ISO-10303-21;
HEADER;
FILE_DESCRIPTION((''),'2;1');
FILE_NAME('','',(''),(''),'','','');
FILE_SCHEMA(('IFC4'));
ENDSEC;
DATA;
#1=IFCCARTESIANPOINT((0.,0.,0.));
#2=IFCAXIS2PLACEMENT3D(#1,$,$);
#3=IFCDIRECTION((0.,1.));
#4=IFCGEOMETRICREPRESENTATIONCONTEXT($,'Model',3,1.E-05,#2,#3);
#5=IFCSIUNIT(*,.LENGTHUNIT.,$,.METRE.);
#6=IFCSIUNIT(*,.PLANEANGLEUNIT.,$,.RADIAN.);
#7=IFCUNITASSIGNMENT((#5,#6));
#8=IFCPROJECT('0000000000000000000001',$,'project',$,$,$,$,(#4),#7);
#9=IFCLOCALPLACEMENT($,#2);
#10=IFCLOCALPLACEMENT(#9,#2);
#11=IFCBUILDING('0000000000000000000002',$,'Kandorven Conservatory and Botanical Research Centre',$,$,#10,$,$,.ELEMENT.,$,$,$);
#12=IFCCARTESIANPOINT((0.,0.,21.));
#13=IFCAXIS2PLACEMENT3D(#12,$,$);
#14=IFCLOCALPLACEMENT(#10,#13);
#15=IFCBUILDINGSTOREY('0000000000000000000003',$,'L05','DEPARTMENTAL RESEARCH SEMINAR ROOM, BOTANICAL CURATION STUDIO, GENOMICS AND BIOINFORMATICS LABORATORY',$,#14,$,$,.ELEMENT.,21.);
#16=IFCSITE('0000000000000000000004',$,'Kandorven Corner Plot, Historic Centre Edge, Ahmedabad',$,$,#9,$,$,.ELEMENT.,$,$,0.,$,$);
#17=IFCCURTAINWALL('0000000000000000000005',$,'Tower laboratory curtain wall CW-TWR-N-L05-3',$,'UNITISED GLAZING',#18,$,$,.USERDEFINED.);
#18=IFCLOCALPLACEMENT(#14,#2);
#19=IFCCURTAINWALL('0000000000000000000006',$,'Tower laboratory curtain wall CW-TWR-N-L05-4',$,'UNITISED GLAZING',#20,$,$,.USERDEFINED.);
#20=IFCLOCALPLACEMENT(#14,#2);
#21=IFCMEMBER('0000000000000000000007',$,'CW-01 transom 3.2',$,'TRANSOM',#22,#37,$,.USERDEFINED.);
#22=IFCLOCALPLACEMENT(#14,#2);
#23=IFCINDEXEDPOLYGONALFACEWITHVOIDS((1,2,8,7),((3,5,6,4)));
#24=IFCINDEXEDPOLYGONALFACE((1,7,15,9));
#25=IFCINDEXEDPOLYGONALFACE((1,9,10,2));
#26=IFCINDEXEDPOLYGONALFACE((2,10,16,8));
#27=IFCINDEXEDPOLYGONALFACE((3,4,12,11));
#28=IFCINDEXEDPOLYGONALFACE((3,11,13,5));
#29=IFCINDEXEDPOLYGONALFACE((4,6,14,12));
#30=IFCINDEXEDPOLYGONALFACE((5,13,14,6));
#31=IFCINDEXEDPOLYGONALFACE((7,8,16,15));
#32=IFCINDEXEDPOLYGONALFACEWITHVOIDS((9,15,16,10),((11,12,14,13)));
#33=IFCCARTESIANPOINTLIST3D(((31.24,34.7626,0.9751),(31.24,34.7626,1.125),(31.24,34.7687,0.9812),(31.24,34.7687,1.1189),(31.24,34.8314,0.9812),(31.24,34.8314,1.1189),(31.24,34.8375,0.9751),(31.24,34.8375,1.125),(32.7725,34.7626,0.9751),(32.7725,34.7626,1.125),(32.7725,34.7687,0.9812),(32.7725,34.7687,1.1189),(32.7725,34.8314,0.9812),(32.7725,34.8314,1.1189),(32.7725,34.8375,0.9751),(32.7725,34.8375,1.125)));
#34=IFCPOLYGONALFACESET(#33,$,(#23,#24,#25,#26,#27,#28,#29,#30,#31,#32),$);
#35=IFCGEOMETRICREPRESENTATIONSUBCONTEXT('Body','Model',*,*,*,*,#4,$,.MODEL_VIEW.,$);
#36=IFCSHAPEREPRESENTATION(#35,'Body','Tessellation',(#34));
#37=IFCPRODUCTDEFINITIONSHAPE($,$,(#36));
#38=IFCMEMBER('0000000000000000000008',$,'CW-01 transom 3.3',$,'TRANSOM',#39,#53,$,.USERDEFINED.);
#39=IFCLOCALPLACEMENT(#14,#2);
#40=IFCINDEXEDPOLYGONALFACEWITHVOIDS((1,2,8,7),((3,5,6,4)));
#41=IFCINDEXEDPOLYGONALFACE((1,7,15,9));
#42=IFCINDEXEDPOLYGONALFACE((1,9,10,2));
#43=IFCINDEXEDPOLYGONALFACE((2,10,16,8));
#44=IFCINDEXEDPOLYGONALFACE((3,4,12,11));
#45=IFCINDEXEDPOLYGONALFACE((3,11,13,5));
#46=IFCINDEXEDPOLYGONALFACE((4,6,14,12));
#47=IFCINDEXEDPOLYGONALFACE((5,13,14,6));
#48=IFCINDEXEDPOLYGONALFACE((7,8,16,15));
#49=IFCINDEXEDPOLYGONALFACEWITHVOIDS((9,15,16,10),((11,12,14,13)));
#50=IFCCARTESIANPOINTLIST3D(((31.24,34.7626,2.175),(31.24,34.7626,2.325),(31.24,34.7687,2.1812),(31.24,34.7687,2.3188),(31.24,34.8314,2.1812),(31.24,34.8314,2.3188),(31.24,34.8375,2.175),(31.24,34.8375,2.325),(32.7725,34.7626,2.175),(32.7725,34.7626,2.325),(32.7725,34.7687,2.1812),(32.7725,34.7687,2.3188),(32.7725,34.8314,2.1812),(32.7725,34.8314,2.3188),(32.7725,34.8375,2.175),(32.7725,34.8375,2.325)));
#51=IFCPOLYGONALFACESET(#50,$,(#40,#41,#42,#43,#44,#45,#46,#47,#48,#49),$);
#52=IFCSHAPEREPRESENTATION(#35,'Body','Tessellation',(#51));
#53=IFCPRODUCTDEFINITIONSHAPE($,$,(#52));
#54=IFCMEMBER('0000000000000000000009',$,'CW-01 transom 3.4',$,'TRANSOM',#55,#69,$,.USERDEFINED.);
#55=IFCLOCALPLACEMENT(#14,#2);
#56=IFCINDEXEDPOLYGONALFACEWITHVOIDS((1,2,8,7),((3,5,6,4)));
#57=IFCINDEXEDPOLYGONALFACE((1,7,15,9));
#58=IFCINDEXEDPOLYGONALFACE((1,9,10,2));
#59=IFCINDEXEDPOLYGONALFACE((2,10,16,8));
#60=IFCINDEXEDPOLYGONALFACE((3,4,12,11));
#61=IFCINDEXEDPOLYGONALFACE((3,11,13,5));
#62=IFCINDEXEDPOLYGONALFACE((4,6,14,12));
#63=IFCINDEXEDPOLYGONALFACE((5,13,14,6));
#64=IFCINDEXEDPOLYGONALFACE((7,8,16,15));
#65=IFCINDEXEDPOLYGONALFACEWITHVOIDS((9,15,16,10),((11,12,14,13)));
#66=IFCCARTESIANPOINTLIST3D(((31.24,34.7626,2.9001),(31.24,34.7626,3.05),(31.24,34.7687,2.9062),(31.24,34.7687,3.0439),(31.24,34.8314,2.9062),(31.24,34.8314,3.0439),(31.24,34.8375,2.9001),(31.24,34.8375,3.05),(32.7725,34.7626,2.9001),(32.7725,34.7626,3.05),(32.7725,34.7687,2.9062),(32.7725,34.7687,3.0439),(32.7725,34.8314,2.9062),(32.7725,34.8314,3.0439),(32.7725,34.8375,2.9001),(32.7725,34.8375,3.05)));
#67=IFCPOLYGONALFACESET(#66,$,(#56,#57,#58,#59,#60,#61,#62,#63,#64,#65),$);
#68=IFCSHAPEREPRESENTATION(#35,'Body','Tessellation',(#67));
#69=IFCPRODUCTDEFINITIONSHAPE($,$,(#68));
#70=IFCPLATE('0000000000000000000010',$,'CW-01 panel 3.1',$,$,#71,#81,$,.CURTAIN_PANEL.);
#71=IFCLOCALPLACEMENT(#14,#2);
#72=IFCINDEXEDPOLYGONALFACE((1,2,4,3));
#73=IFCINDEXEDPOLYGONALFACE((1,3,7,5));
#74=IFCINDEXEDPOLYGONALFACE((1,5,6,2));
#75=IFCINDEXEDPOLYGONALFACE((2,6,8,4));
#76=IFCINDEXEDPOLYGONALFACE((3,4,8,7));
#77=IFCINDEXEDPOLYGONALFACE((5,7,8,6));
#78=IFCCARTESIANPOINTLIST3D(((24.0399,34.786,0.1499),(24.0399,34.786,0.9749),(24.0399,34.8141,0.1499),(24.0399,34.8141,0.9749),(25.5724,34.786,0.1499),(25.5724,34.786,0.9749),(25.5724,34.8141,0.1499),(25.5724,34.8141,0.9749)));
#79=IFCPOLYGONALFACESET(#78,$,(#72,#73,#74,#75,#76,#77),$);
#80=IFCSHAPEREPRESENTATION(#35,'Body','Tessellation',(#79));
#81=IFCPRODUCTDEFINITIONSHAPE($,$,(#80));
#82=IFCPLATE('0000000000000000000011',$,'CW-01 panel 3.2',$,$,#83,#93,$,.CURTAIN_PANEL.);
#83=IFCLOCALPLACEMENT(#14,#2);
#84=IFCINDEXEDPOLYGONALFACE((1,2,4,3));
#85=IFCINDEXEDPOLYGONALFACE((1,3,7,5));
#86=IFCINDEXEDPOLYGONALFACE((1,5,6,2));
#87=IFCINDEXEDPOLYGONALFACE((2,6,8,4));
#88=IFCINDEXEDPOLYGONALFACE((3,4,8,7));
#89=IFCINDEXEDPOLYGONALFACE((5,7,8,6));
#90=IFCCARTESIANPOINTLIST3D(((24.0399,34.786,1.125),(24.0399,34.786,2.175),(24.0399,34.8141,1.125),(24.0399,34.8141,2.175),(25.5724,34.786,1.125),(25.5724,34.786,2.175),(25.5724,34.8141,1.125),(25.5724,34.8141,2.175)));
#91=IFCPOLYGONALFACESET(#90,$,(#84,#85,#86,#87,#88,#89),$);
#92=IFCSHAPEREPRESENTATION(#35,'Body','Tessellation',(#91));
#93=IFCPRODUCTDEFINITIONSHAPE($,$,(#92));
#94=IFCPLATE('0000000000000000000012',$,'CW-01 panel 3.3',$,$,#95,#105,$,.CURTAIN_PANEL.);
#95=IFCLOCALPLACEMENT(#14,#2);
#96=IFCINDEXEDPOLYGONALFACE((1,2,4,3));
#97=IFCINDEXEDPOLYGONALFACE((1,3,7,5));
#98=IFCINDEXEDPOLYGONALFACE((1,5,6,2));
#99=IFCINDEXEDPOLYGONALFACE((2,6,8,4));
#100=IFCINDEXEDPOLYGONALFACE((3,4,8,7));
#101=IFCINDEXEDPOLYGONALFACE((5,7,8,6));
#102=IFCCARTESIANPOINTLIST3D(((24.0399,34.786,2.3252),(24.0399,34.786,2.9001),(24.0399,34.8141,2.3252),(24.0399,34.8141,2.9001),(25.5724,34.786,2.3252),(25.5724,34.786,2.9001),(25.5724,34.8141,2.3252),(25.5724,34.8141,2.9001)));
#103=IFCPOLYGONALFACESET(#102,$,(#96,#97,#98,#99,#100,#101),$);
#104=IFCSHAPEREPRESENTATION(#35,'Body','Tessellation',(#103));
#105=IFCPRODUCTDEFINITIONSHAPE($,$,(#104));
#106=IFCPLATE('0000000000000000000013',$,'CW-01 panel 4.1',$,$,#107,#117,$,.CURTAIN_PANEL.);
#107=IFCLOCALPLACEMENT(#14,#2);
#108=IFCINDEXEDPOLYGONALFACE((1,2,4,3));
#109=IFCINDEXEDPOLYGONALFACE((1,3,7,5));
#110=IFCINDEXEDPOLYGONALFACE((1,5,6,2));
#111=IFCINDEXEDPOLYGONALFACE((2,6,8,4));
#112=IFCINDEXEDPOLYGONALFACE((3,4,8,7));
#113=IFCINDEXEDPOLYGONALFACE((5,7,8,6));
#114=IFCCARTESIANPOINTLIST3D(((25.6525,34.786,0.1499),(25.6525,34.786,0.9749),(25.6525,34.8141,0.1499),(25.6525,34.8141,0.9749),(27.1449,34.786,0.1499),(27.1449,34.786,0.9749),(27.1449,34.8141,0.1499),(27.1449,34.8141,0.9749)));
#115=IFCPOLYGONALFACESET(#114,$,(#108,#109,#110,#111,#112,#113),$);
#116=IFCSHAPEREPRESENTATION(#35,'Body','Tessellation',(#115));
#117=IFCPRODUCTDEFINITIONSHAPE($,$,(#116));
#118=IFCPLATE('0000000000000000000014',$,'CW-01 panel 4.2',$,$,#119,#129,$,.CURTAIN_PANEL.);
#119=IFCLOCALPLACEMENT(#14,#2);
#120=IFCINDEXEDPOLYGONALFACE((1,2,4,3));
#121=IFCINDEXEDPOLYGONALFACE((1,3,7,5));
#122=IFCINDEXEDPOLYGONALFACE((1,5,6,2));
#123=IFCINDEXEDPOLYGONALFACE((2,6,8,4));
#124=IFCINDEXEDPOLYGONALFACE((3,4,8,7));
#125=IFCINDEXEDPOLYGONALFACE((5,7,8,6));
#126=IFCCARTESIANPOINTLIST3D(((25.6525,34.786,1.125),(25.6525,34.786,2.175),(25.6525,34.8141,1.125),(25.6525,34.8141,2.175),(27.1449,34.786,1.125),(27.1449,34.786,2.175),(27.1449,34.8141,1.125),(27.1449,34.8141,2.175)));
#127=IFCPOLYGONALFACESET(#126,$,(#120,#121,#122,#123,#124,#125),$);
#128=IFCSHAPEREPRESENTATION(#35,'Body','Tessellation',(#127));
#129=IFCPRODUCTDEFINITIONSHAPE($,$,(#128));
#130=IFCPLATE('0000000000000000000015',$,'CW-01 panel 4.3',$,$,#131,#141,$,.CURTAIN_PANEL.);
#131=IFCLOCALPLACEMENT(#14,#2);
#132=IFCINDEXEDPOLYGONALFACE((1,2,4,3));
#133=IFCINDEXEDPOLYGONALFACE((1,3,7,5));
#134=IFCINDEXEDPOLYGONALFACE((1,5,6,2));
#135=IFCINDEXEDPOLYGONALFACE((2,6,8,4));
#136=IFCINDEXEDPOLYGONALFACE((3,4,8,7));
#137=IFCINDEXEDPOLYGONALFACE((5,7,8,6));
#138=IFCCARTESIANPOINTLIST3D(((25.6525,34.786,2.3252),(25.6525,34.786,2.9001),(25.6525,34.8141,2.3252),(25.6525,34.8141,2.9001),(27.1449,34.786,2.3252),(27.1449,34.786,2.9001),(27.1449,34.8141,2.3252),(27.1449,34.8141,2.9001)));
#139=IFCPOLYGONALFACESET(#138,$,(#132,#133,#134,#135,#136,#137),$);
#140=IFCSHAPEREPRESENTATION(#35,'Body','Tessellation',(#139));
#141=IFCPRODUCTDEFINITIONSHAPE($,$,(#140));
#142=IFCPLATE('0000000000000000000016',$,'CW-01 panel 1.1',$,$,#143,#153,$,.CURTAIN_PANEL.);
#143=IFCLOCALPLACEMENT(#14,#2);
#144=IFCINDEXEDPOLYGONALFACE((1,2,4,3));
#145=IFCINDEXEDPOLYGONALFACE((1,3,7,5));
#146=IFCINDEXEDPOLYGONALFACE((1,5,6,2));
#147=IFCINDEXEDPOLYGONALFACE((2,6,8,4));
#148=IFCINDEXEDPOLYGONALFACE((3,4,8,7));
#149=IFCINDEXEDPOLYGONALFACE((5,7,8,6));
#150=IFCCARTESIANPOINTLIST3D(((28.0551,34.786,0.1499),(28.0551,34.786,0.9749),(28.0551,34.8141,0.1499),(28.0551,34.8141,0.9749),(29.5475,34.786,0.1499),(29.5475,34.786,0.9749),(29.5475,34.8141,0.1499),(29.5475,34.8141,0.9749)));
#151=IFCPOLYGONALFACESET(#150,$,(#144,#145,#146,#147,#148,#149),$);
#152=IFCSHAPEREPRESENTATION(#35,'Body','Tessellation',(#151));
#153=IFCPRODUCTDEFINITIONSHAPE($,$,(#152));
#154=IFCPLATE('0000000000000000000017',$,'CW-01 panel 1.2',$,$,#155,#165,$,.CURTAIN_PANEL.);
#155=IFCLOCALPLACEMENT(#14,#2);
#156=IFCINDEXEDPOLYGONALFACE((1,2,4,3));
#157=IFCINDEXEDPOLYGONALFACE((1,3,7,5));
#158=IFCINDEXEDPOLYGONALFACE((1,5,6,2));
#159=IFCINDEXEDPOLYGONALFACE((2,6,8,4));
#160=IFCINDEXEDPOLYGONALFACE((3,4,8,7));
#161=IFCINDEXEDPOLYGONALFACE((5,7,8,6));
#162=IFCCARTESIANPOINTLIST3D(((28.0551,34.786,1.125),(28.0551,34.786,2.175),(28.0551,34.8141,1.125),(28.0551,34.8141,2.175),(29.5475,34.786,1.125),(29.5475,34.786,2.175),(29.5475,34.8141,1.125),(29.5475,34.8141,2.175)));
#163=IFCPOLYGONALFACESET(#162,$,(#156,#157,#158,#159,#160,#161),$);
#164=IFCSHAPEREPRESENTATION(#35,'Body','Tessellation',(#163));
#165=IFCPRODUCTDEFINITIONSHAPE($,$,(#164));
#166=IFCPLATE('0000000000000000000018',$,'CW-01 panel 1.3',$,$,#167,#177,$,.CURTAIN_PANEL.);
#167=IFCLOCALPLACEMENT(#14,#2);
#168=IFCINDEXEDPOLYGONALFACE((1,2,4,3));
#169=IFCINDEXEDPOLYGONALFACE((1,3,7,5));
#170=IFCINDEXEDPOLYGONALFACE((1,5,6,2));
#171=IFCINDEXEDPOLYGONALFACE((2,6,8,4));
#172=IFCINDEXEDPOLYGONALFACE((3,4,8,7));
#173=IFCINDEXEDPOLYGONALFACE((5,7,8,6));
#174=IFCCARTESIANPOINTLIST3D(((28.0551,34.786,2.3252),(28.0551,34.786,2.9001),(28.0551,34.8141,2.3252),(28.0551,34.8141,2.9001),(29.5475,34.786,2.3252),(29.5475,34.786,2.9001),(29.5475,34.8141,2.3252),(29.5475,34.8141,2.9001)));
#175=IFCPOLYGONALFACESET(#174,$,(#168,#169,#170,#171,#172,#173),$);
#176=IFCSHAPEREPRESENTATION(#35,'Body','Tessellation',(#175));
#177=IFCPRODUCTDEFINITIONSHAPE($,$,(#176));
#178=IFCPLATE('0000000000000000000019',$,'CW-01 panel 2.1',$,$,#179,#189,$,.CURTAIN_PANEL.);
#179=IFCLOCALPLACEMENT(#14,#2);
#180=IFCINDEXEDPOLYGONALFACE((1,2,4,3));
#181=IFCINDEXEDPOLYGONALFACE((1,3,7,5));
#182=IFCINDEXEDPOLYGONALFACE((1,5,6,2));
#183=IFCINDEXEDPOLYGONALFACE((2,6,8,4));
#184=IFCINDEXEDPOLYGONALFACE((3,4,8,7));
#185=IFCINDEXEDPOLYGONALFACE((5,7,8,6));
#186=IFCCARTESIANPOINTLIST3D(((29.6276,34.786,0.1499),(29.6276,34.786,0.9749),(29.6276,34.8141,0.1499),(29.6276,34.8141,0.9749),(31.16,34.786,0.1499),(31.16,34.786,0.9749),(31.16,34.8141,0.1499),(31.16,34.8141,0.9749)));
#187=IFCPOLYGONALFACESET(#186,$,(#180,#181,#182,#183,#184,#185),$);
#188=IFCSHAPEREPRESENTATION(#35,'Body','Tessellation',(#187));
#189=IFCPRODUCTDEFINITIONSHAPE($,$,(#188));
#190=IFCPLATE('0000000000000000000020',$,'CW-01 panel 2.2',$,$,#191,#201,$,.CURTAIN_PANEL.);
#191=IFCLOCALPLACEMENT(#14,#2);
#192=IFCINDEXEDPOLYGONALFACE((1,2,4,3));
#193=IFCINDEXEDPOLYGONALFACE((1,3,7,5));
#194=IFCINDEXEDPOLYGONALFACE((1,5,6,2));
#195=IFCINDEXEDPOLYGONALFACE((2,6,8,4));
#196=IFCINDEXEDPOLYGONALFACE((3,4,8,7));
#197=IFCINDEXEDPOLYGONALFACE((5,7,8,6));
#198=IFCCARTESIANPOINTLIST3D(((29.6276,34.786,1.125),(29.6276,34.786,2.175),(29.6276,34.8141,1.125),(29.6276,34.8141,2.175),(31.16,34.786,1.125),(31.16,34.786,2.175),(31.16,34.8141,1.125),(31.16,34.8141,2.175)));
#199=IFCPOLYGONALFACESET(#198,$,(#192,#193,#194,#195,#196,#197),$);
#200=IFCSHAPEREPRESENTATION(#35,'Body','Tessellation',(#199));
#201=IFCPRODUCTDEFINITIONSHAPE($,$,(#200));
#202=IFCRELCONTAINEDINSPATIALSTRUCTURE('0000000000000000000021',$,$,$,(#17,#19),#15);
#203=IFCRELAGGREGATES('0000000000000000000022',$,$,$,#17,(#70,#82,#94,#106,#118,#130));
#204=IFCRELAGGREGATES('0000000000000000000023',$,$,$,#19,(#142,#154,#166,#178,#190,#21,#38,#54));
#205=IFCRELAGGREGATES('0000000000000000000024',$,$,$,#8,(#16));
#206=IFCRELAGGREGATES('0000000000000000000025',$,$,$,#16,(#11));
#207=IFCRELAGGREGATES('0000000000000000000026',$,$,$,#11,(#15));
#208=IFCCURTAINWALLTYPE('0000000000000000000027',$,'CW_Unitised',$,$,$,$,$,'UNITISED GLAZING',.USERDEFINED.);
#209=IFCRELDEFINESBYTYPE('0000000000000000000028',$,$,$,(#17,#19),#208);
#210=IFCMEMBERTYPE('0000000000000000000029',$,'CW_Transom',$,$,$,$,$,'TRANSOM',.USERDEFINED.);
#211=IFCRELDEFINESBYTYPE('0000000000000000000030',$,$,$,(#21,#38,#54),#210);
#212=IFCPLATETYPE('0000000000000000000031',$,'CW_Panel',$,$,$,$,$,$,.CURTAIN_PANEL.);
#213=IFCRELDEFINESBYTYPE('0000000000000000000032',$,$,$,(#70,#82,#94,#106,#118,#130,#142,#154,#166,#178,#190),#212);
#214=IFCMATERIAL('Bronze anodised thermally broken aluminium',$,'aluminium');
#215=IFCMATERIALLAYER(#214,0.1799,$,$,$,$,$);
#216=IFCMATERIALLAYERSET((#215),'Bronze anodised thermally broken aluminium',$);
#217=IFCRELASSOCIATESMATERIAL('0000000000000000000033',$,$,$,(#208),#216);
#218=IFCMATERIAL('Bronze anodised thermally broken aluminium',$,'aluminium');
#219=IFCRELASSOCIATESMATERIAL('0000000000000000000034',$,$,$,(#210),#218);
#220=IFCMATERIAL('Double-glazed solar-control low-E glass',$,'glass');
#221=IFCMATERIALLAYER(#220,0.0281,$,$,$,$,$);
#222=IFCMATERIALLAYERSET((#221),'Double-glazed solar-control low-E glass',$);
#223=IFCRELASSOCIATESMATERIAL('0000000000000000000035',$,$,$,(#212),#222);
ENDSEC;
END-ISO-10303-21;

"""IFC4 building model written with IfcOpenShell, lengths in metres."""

from ifc_helpers import new_model, si_unit, direction, frame, origin, origin_2d, place, context, subcontext, project, spatial, rectangle, hollow_rectangle, extrude, material, layer, layer_set, material_profile, profile_set, type_object, element, aggregate, save


model = new_model("IFC4")

# Units and contexts
model_context = context("Model", 3, precision=1e-05, world=origin(), true_north=direction((0.0, 1.0)))
body_context = subcontext(model_context, "Body", "Model", "MODEL_VIEW")
ifc_project = project(units=[si_unit("LENGTHUNIT", "METRE"), si_unit("PLANEANGLEUNIT", "RADIAN")], contexts=[model_context])

# Site, building, storey
site_placement = place(None, origin())
site = spatial("IfcSite", under=ifc_project, at=site_placement, Name="Kandorven Corner Plot, Historic Centre Edge, Ahmedabad", CompositionType="ELEMENT", RefElevation=0.0)
building_placement = place(site_placement, origin())
building = spatial("IfcBuilding", under=site, at=building_placement, Name="Kandorven Conservatory and Botanical Research Centre", CompositionType="ELEMENT")
storey_placement = place(building_placement, frame((0.0, 0.0, 21.0)))
storey = spatial("IfcBuildingStorey", under=building, at=storey_placement, Name="L05", Description="DEPARTMENTAL RESEARCH SEMINAR ROOM, BOTANICAL CURATION STUDIO, GENOMICS AND BIOINFORMATICS LABORATORY", CompositionType="ELEMENT", Elevation=21.0)

# Curtain walls
ifc_material_1 = material(Name="Bronze anodised thermally broken aluminium", Category="aluminium")
ifc_layer_1 = layer(ifc_material_1, 0.1799)
ifc_layer_set_1 = layer_set([ifc_layer_1], Name="Bronze anodised thermally broken aluminium")
curtain_wall_type = type_object("IfcCurtainWallType", Name="CW_Unitised", ElementType="UNITISED GLAZING", PredefinedType="USERDEFINED", material=ifc_layer_set_1)
curtain_wall_1_placement = place(storey_placement, origin())
curtain_wall_1 = element("IfcCurtainWall", 1, at=curtain_wall_1_placement, inside=storey, type_object=curtain_wall_type, Name="Tower laboratory curtain wall CW-TWR-N-L05-3", ObjectType="UNITISED GLAZING", PredefinedType="USERDEFINED")
curtain_wall_2_placement = place(storey_placement, origin())
curtain_wall_2 = element("IfcCurtainWall", 2, at=curtain_wall_2_placement, inside=storey, type_object=curtain_wall_type, Name="Tower laboratory curtain wall CW-TWR-N-L05-4", ObjectType="UNITISED GLAZING", PredefinedType="USERDEFINED")

# Members
ifc_material_2 = material(Name="Bronze anodised thermally broken aluminium", Category="aluminium")
ifc_material_profile_1 = material_profile(ifc_material_2, hollow_rectangle(XDim=0.075, YDim=0.1499, WallThickness=0.0061, at=origin_2d()))
ifc_profile_set_1 = profile_set([ifc_material_profile_1], Name="Bronze anodised thermally broken aluminium")
member_type_1 = type_object("IfcMemberType", Name="CW_Transom", ElementType="TRANSOM", PredefinedType="USERDEFINED", material=ifc_profile_set_1)
member_1_placement = place(storey_placement, frame((31.24, 34.8, 1.05), z_axis=(1.0, 0.0, 0.0), x_axis=(0.0, 1.0, 0.0)))
member_1 = element("IfcMember", 3, at=member_1_placement, type_object=member_type_1, Name="CW-01 transom 3.2", ObjectType="TRANSOM", PredefinedType="USERDEFINED", context=body_context, shape_type="SweptSolid", body=[
    extrude(hollow_rectangle(XDim=0.075, YDim=0.1499, WallThickness=0.0061, at=origin_2d()), origin(), (0.0, 0.0, 1.0), 1.5325),
])
member_2_placement = place(storey_placement, frame((31.24, 34.8, 2.25), z_axis=(1.0, 0.0, 0.0), x_axis=(0.0, 1.0, 0.0)))
member_2 = element("IfcMember", 4, at=member_2_placement, type_object=member_type_1, Name="CW-01 transom 3.3", ObjectType="TRANSOM", PredefinedType="USERDEFINED", context=body_context, shape_type="SweptSolid", body=[
    extrude(hollow_rectangle(XDim=0.075, YDim=0.1499, WallThickness=0.0061, at=origin_2d()), origin(), (0.0, 0.0, 1.0), 1.5325),
])
member_3_placement = place(storey_placement, frame((31.24, 34.8, 2.9751), z_axis=(1.0, 0.0, 0.0), x_axis=(0.0, 1.0, 0.0)))
member_3 = element("IfcMember", 5, at=member_3_placement, type_object=member_type_1, Name="CW-01 transom 3.4", ObjectType="TRANSOM", PredefinedType="USERDEFINED", context=body_context, shape_type="SweptSolid", body=[
    extrude(hollow_rectangle(XDim=0.075, YDim=0.1499, WallThickness=0.0061, at=origin_2d()), origin(), (0.0, 0.0, 1.0), 1.5325),
])

# Plates
ifc_material_3 = material(Name="Double-glazed solar-control low-E glass", Category="glass")
ifc_layer_2 = layer(ifc_material_3, 0.0281)
ifc_layer_set_2 = layer_set([ifc_layer_2], Name="Double-glazed solar-control low-E glass")
plate_type = type_object("IfcPlateType", Name="CW_Panel", PredefinedType="CURTAIN_PANEL", material=ifc_layer_set_2)
plate_1_placement = place(storey_placement, frame((24.8062, 34.8, 0.1499), z_axis=(0.0, 0.0, 1.0), x_axis=(1.0, 0.0, 0.0)))
plate_1 = element("IfcPlate", 6, at=plate_1_placement, type_object=plate_type, Name="CW-01 panel 3.1", PredefinedType="CURTAIN_PANEL", context=body_context, shape_type="SweptSolid", body=[
    extrude(rectangle(XDim=1.5325, YDim=0.0281, at=origin_2d()), origin(), (0.0, 0.0, 1.0), 0.825),
])
plate_2_placement = place(storey_placement, frame((24.8062, 34.8, 1.125), z_axis=(0.0, 0.0, 1.0), x_axis=(1.0, 0.0, 0.0)))
plate_2 = element("IfcPlate", 7, at=plate_2_placement, type_object=plate_type, Name="CW-01 panel 3.2", PredefinedType="CURTAIN_PANEL", context=body_context, shape_type="SweptSolid", body=[
    extrude(rectangle(XDim=1.5325, YDim=0.0281, at=origin_2d()), origin(), (0.0, 0.0, 1.0), 1.05),
])
plate_3_placement = place(storey_placement, frame((24.8062, 34.8, 2.3252), z_axis=(0.0, 0.0, 1.0), x_axis=(1.0, 0.0, 0.0)))
plate_3 = element("IfcPlate", 8, at=plate_3_placement, type_object=plate_type, Name="CW-01 panel 3.3", PredefinedType="CURTAIN_PANEL", context=body_context, shape_type="SweptSolid", body=[
    extrude(rectangle(XDim=1.5325, YDim=0.0281, at=origin_2d()), origin(), (0.0, 0.0, 1.0), 0.575),
])
plate_4_placement = place(storey_placement, frame((26.3987, 34.8, 0.1499), z_axis=(0.0, 0.0, 1.0), x_axis=(1.0, 0.0, 0.0)))
plate_4 = element("IfcPlate", 9, at=plate_4_placement, type_object=plate_type, Name="CW-01 panel 4.1", PredefinedType="CURTAIN_PANEL", context=body_context, shape_type="SweptSolid", body=[
    extrude(rectangle(XDim=1.4924, YDim=0.0281, at=origin_2d()), origin(), (0.0, 0.0, 1.0), 0.825),
])
plate_5_placement = place(storey_placement, frame((26.3987, 34.8, 1.125), z_axis=(0.0, 0.0, 1.0), x_axis=(1.0, 0.0, 0.0)))
plate_5 = element("IfcPlate", 10, at=plate_5_placement, type_object=plate_type, Name="CW-01 panel 4.2", PredefinedType="CURTAIN_PANEL", context=body_context, shape_type="SweptSolid", body=[
    extrude(rectangle(XDim=1.4924, YDim=0.0281, at=origin_2d()), origin(), (0.0, 0.0, 1.0), 1.05),
])
plate_6_placement = place(storey_placement, frame((26.3987, 34.8, 2.3252), z_axis=(0.0, 0.0, 1.0), x_axis=(1.0, 0.0, 0.0)))
plate_6 = element("IfcPlate", 11, at=plate_6_placement, type_object=plate_type, Name="CW-01 panel 4.3", PredefinedType="CURTAIN_PANEL", context=body_context, shape_type="SweptSolid", body=[
    extrude(rectangle(XDim=1.4924, YDim=0.0281, at=origin_2d()), origin(), (0.0, 0.0, 1.0), 0.575),
])
aggregate(curtain_wall_1, [plate_1, plate_2, plate_3, plate_4, plate_5, plate_6])
plate_7_placement = place(storey_placement, frame((28.8013, 34.8, 0.1499), z_axis=(0.0, 0.0, 1.0), x_axis=(1.0, 0.0, 0.0)))
plate_7 = element("IfcPlate", 12, at=plate_7_placement, type_object=plate_type, Name="CW-01 panel 1.1", PredefinedType="CURTAIN_PANEL", context=body_context, shape_type="SweptSolid", body=[
    extrude(rectangle(XDim=1.4924, YDim=0.0281, at=origin_2d()), origin(), (0.0, 0.0, 1.0), 0.825),
])
plate_8_placement = place(storey_placement, frame((28.8013, 34.8, 1.125), z_axis=(0.0, 0.0, 1.0), x_axis=(1.0, 0.0, 0.0)))
plate_8 = element("IfcPlate", 13, at=plate_8_placement, type_object=plate_type, Name="CW-01 panel 1.2", PredefinedType="CURTAIN_PANEL", context=body_context, shape_type="SweptSolid", body=[
    extrude(rectangle(XDim=1.4924, YDim=0.0281, at=origin_2d()), origin(), (0.0, 0.0, 1.0), 1.05),
])
plate_9_placement = place(storey_placement, frame((28.8013, 34.8, 2.3252), z_axis=(0.0, 0.0, 1.0), x_axis=(1.0, 0.0, 0.0)))
plate_9 = element("IfcPlate", 14, at=plate_9_placement, type_object=plate_type, Name="CW-01 panel 1.3", PredefinedType="CURTAIN_PANEL", context=body_context, shape_type="SweptSolid", body=[
    extrude(rectangle(XDim=1.4924, YDim=0.0281, at=origin_2d()), origin(), (0.0, 0.0, 1.0), 0.575),
])
plate_10_placement = place(storey_placement, frame((30.3938, 34.8, 0.1499), z_axis=(0.0, 0.0, 1.0), x_axis=(1.0, 0.0, 0.0)))
plate_10 = element("IfcPlate", 15, at=plate_10_placement, type_object=plate_type, Name="CW-01 panel 2.1", PredefinedType="CURTAIN_PANEL", context=body_context, shape_type="SweptSolid", body=[
    extrude(rectangle(XDim=1.5325, YDim=0.0281, at=origin_2d()), origin(), (0.0, 0.0, 1.0), 0.825),
])
plate_11_placement = place(storey_placement, frame((30.3938, 34.8, 1.125), z_axis=(0.0, 0.0, 1.0), x_axis=(1.0, 0.0, 0.0)))
plate_11 = element("IfcPlate", 16, at=plate_11_placement, type_object=plate_type, Name="CW-01 panel 2.2", PredefinedType="CURTAIN_PANEL", context=body_context, shape_type="SweptSolid", body=[
    extrude(rectangle(XDim=1.5325, YDim=0.0281, at=origin_2d()), origin(), (0.0, 0.0, 1.0), 1.05),
])
aggregate(curtain_wall_2, [plate_7, plate_8, plate_9, plate_10, plate_11, member_1, member_2, member_3])

save(model, "model.ifc")
